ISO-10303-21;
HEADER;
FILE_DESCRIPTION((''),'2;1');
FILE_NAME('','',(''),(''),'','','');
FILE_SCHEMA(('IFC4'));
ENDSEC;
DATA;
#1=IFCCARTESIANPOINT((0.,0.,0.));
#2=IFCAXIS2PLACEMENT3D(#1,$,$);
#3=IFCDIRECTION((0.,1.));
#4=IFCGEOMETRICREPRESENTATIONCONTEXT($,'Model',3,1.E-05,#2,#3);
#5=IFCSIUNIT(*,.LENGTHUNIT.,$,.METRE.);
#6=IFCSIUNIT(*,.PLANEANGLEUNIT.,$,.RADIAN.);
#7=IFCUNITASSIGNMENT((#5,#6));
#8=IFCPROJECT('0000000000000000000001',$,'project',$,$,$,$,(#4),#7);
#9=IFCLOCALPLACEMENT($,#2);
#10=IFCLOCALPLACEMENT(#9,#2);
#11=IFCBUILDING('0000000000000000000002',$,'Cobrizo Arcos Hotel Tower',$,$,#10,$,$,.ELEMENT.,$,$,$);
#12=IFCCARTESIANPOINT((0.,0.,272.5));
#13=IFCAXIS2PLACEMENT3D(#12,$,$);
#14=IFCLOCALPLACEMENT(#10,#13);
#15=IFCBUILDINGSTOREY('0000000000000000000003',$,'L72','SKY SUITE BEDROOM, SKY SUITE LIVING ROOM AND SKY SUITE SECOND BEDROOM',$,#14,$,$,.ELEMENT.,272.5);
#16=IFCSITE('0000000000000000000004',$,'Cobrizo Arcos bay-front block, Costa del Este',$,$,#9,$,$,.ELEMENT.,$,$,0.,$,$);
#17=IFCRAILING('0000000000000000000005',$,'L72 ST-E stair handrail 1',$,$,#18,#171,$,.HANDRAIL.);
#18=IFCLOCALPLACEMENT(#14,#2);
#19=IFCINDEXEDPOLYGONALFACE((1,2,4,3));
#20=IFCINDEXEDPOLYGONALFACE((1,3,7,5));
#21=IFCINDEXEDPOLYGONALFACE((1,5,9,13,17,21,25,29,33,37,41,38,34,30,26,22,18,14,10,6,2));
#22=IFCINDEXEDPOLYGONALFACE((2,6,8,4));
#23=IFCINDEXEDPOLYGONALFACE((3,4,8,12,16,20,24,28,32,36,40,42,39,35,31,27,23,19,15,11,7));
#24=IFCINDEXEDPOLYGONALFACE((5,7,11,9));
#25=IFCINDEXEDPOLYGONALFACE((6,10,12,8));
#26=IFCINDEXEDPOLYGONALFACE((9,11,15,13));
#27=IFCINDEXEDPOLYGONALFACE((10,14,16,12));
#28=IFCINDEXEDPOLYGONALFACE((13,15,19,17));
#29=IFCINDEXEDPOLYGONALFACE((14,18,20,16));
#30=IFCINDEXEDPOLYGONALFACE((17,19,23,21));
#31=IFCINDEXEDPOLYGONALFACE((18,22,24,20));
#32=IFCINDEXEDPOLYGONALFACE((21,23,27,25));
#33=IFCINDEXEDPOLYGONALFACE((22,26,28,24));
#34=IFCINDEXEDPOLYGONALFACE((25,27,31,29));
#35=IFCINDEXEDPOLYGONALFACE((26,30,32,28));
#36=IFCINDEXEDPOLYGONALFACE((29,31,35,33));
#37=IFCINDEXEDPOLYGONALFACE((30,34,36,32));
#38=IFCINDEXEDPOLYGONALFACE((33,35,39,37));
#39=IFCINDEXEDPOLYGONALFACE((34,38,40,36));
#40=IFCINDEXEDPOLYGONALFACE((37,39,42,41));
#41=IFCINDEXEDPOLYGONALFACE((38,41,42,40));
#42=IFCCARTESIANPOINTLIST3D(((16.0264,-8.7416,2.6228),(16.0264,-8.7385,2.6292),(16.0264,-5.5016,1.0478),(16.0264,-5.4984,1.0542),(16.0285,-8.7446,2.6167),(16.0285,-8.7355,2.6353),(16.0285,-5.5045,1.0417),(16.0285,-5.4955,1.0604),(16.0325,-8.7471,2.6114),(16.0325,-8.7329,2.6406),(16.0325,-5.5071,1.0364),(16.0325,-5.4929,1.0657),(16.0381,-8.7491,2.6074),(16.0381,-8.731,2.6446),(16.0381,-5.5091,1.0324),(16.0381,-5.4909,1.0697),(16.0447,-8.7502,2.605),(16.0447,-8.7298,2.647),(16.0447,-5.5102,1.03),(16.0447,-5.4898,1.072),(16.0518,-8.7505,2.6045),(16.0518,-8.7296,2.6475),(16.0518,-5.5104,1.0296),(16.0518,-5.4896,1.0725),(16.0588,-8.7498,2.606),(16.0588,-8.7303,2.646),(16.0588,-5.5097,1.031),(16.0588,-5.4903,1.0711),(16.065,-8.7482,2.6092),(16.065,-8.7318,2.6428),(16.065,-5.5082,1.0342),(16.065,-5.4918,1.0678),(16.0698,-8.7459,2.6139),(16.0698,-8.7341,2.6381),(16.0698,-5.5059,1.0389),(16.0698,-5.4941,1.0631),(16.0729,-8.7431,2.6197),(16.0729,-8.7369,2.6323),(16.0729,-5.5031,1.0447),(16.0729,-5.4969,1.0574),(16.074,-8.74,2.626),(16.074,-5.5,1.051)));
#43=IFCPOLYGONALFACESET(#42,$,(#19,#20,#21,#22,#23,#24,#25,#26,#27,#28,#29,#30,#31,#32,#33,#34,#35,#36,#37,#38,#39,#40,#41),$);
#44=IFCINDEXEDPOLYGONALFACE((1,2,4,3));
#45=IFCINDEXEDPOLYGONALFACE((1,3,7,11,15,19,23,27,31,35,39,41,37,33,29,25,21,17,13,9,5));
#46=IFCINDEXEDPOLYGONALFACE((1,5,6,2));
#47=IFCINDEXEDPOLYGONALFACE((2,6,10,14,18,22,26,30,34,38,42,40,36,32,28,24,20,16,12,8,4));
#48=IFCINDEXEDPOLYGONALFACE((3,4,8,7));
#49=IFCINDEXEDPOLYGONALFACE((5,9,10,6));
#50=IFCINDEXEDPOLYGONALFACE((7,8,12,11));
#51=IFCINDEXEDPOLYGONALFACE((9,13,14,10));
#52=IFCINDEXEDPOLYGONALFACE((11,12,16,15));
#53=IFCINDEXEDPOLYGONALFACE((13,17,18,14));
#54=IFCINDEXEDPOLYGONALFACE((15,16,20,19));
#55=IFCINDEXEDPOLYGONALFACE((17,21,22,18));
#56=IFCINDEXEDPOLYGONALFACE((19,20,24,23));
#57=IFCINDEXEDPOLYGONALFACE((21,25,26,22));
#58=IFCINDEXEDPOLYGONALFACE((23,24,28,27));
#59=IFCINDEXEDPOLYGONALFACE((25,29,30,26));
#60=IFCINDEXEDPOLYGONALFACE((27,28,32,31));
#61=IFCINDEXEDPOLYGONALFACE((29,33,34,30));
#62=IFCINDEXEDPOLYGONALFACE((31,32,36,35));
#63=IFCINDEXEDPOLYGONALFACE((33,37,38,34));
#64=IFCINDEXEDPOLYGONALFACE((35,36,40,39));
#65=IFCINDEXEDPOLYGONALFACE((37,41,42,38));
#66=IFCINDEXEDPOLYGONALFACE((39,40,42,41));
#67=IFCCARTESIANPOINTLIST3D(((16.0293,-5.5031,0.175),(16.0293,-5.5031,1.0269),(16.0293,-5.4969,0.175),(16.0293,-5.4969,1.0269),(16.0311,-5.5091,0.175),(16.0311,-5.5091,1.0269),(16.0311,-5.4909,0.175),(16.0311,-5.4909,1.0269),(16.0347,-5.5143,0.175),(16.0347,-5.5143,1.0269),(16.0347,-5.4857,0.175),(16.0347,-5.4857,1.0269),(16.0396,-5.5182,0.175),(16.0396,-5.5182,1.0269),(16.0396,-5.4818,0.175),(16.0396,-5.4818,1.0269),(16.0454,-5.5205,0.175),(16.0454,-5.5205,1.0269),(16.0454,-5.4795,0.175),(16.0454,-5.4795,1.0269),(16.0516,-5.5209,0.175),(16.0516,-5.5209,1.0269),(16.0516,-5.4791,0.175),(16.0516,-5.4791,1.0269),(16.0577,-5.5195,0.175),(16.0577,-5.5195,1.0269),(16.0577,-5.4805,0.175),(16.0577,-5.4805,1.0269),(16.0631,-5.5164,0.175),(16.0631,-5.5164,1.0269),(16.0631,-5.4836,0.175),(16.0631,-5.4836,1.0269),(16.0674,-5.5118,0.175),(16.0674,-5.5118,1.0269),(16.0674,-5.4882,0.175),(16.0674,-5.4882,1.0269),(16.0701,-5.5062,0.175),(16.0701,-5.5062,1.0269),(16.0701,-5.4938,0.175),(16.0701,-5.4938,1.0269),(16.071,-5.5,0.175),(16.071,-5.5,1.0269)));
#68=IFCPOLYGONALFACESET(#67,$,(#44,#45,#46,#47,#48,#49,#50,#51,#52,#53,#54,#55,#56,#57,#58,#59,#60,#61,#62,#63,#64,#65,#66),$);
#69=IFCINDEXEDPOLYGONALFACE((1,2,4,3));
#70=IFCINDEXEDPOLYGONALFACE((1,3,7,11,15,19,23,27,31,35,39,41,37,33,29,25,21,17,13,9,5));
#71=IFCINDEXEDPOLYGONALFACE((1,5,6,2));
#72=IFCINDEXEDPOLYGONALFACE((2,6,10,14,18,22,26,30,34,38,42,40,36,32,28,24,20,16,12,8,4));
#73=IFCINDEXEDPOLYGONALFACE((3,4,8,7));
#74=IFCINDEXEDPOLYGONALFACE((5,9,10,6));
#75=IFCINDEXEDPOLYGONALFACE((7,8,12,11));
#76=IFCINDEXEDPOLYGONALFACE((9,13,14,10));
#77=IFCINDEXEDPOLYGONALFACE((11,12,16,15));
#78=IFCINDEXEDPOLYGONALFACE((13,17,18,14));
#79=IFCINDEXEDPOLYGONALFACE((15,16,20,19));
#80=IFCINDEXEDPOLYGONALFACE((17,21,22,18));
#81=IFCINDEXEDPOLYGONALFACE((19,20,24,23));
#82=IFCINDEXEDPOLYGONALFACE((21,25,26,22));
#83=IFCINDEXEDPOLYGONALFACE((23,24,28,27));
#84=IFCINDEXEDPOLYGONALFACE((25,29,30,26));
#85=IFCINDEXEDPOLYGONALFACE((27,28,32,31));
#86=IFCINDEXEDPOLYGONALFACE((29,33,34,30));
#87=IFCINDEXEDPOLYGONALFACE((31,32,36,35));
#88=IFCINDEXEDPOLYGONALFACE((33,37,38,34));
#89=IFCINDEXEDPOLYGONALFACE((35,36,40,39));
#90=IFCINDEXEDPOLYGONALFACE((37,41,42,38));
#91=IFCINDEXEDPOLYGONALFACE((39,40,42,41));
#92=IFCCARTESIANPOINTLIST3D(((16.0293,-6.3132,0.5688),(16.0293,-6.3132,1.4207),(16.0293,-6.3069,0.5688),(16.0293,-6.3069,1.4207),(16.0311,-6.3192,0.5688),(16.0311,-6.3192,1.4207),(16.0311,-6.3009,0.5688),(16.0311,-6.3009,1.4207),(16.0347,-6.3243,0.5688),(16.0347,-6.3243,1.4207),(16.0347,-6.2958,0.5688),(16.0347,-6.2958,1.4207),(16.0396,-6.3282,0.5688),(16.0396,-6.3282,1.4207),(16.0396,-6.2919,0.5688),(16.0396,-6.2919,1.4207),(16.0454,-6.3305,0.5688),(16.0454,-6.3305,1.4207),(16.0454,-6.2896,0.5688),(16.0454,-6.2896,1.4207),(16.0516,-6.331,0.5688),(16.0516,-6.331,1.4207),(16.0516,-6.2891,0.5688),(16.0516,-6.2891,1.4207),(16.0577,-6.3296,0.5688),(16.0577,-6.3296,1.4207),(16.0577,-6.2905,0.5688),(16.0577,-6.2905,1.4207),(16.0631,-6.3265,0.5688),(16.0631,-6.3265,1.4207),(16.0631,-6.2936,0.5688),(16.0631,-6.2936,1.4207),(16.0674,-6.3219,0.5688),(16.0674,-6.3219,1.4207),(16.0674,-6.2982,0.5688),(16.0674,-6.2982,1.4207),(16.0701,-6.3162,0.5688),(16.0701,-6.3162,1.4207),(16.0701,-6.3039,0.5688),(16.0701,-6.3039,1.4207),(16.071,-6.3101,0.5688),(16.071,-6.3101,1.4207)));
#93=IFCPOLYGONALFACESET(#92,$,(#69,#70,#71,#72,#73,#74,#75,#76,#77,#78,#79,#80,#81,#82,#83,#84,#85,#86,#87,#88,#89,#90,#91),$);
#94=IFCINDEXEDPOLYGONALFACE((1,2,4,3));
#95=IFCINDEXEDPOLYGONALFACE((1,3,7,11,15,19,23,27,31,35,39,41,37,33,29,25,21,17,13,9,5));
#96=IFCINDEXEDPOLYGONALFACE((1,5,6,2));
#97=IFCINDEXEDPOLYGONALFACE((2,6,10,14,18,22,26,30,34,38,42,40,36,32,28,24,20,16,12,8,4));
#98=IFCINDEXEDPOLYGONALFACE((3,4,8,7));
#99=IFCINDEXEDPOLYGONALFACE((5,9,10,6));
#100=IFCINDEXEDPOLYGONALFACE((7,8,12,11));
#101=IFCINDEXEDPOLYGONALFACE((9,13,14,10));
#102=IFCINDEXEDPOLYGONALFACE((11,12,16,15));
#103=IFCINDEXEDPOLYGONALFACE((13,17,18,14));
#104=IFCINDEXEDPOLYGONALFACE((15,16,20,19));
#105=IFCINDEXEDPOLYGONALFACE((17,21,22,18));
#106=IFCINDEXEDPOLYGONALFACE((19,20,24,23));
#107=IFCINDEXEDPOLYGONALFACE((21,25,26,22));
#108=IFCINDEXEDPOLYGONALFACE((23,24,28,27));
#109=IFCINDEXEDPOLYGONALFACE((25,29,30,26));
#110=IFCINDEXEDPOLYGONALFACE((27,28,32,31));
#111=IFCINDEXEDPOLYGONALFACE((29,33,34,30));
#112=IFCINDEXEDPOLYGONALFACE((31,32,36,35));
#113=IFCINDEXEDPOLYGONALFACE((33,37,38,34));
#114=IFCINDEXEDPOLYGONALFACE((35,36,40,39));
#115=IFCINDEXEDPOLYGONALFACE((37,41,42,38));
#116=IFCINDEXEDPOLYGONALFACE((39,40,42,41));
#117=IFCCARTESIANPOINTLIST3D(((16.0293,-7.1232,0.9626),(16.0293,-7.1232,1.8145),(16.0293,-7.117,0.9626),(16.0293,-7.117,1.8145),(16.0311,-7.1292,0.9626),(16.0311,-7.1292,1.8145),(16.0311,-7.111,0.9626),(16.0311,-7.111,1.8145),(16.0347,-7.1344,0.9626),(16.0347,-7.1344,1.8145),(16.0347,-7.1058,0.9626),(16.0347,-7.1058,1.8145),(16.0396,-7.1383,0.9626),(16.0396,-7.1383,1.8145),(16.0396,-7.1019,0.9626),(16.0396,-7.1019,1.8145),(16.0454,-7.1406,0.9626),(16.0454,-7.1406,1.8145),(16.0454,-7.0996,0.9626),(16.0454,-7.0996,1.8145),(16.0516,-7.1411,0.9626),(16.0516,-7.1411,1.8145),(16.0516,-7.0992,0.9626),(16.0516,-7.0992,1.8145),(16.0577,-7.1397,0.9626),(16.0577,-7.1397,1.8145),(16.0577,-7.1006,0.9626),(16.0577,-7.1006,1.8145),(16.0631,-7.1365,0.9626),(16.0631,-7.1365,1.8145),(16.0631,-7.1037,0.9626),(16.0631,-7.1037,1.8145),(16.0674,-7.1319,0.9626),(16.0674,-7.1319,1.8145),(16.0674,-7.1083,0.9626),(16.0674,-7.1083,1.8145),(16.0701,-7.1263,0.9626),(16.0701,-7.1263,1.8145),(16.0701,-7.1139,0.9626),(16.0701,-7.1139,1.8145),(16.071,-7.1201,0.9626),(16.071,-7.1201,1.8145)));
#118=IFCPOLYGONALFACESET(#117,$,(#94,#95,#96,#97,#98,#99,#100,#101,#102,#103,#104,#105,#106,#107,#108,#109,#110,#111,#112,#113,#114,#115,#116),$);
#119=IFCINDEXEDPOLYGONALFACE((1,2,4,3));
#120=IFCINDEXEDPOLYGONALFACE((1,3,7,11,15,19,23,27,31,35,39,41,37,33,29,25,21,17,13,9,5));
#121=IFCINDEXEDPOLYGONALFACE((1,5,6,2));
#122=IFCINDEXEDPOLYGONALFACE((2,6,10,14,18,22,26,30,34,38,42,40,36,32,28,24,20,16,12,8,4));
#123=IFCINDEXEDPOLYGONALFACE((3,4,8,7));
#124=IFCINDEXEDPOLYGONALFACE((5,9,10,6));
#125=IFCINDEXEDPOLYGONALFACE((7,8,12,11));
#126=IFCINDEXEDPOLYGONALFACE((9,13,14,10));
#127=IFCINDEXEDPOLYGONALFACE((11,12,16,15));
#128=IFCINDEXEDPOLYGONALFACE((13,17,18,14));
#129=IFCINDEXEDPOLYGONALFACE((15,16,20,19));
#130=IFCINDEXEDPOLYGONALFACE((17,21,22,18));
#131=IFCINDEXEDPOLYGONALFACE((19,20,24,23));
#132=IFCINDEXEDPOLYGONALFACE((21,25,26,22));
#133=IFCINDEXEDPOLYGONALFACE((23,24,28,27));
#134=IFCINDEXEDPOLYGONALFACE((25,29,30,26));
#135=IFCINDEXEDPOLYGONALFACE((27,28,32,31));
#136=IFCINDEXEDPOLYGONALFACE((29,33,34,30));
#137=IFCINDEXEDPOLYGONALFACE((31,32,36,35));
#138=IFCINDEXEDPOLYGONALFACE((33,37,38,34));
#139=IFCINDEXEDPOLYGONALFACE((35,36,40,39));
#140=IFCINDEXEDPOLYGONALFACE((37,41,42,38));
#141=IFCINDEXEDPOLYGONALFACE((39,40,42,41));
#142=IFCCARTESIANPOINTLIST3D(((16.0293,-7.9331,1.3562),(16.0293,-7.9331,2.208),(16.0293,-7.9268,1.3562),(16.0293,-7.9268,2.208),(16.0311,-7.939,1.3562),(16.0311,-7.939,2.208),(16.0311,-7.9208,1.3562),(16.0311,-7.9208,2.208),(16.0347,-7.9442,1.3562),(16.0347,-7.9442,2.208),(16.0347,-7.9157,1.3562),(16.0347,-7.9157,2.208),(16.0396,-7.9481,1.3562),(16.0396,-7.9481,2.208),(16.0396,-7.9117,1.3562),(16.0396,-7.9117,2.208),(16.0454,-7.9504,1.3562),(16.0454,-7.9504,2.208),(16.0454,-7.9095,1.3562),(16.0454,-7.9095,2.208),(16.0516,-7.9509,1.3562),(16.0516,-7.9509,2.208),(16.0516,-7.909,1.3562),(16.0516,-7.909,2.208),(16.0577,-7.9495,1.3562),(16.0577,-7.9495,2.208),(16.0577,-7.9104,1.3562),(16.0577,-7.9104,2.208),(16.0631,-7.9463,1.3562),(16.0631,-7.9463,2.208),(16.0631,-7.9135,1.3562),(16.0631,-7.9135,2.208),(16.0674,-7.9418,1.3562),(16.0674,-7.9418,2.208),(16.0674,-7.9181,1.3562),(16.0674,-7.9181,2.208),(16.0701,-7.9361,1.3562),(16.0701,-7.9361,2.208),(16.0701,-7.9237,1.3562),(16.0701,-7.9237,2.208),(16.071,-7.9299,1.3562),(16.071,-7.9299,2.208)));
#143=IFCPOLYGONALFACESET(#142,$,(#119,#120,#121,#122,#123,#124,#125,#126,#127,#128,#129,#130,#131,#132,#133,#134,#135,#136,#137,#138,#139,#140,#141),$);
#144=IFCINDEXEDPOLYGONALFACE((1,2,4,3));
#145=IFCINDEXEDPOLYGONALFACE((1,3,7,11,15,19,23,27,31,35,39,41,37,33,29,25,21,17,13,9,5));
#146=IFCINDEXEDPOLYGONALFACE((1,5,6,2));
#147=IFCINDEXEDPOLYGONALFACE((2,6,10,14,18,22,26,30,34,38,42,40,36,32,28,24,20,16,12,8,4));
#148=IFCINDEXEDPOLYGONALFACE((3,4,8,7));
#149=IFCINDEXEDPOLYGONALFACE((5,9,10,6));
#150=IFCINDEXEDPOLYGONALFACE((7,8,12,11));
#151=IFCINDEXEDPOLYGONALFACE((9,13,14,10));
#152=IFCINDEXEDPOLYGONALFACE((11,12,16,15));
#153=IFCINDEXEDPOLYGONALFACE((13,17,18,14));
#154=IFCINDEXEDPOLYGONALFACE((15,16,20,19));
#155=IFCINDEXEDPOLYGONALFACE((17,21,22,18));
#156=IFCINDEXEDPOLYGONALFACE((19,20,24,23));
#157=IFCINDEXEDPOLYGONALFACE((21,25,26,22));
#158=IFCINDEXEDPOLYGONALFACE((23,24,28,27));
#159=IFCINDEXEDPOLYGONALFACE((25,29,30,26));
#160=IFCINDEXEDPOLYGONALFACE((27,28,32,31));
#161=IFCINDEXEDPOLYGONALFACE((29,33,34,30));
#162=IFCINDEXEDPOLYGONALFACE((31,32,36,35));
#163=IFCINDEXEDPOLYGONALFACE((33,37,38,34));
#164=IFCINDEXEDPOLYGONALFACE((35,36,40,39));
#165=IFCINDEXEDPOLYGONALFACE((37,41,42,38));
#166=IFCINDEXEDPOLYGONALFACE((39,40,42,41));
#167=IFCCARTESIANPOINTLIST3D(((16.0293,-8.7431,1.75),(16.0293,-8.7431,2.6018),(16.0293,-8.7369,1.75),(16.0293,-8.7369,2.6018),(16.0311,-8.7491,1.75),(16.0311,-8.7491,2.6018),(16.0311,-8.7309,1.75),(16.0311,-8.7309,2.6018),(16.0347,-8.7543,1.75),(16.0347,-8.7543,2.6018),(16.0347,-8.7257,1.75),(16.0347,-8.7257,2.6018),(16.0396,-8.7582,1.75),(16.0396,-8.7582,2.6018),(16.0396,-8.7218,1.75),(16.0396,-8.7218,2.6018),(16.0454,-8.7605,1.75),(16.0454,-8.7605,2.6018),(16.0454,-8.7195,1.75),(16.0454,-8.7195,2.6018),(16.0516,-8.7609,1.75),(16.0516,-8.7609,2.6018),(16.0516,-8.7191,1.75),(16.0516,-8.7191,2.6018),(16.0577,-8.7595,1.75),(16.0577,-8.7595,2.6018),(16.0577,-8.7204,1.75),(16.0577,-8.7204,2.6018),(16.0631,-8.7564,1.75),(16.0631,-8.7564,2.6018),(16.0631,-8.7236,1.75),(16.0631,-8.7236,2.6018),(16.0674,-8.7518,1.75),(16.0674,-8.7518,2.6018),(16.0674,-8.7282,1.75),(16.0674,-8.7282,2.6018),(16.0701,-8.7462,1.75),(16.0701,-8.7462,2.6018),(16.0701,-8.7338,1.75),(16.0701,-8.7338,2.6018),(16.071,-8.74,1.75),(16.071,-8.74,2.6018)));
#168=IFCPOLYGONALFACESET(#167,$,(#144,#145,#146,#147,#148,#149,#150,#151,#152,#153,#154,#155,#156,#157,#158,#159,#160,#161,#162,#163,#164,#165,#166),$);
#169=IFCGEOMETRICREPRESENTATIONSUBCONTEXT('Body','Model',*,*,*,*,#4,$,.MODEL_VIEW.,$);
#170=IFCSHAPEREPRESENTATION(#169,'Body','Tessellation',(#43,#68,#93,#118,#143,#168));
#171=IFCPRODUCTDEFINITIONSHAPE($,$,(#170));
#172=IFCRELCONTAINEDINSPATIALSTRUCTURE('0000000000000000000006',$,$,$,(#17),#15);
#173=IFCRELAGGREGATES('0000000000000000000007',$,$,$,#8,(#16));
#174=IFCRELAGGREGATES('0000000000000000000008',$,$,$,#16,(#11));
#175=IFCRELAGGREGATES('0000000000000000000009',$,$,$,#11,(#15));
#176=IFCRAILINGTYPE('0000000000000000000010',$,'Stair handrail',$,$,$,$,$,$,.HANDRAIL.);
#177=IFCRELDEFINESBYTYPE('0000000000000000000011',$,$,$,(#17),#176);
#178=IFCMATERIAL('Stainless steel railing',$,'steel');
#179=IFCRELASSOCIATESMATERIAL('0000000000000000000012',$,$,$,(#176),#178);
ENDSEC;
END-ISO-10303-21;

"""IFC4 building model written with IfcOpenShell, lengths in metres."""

from ifc_helpers import new_model, si_unit, direction, frame, origin, origin_2d, place, context, subcontext, project, spatial, circle, extrude, material, type_object, element, save


model = new_model("IFC4")

# Units and contexts
model_context = context("Model", 3, precision=1e-05, world=origin(), true_north=direction((0.0, 1.0)))
body_context = subcontext(model_context, "Body", "Model", "MODEL_VIEW")
ifc_project = project(units=[si_unit("LENGTHUNIT", "METRE"), si_unit("PLANEANGLEUNIT", "RADIAN")], contexts=[model_context])

# Site, building, storey
site_placement = place(None, origin())
site = spatial("IfcSite", under=ifc_project, at=site_placement, Name="Cobrizo Arcos bay-front block, Costa del Este", CompositionType="ELEMENT", RefElevation=0.0)
building_placement = place(site_placement, origin())
building = spatial("IfcBuilding", under=site, at=building_placement, Name="Cobrizo Arcos Hotel Tower", CompositionType="ELEMENT")
storey_placement = place(building_placement, frame((0.0, 0.0, 272.5)))
storey = spatial("IfcBuildingStorey", under=building, at=storey_placement, Name="L72", Description="SKY SUITE BEDROOM, SKY SUITE LIVING ROOM AND SKY SUITE SECOND BEDROOM", CompositionType="ELEMENT", Elevation=272.5)

# Railing
ifc_material_1 = material(Name="Stainless steel railing", Category="steel")
railing_type_1 = type_object("IfcRailingType", Name="Stair handrail", PredefinedType="HANDRAIL", material=ifc_material_1)
railing_1_placement = place(storey_placement, frame((16.05, -5.5, 0.175)))
element("IfcRailing", 1, at=railing_1_placement, inside=storey, type_object=railing_type_1, Name="L72 ST-E stair handrail 1", PredefinedType="HANDRAIL", context=body_context, shape_type="SweptSolid", body=[
    extrude(circle(Radius=0.0239, at=origin_2d()), frame((0.0, 0.0, 0.876), z_axis=(0.0, -0.899373, 0.437183), x_axis=(1.0, 0.0, 0.0)), (0.0, 0.0, 1.0), 3.6025),
    extrude(circle(Radius=0.021, at=origin_2d()), origin(), (0.0, 0.0, 1.0), 0.8518),
    extrude(circle(Radius=0.021, at=origin_2d()), frame((0.0, -0.8101, 0.3938)), (0.0, 0.0, 1.0), 0.8518),
    extrude(circle(Radius=0.021, at=origin_2d()), frame((0.0, -1.6201, 0.7876)), (0.0, 0.0, 1.0), 0.8518),
    extrude(circle(Radius=0.021, at=origin_2d()), frame((0.0, -2.4299, 1.1812)), (0.0, 0.0, 1.0), 0.8518),
    extrude(circle(Radius=0.021, at=origin_2d()), frame((0.0, -3.24, 1.575)), (0.0, 0.0, 1.0), 0.8518),
])

save(model, "model.ifc")
